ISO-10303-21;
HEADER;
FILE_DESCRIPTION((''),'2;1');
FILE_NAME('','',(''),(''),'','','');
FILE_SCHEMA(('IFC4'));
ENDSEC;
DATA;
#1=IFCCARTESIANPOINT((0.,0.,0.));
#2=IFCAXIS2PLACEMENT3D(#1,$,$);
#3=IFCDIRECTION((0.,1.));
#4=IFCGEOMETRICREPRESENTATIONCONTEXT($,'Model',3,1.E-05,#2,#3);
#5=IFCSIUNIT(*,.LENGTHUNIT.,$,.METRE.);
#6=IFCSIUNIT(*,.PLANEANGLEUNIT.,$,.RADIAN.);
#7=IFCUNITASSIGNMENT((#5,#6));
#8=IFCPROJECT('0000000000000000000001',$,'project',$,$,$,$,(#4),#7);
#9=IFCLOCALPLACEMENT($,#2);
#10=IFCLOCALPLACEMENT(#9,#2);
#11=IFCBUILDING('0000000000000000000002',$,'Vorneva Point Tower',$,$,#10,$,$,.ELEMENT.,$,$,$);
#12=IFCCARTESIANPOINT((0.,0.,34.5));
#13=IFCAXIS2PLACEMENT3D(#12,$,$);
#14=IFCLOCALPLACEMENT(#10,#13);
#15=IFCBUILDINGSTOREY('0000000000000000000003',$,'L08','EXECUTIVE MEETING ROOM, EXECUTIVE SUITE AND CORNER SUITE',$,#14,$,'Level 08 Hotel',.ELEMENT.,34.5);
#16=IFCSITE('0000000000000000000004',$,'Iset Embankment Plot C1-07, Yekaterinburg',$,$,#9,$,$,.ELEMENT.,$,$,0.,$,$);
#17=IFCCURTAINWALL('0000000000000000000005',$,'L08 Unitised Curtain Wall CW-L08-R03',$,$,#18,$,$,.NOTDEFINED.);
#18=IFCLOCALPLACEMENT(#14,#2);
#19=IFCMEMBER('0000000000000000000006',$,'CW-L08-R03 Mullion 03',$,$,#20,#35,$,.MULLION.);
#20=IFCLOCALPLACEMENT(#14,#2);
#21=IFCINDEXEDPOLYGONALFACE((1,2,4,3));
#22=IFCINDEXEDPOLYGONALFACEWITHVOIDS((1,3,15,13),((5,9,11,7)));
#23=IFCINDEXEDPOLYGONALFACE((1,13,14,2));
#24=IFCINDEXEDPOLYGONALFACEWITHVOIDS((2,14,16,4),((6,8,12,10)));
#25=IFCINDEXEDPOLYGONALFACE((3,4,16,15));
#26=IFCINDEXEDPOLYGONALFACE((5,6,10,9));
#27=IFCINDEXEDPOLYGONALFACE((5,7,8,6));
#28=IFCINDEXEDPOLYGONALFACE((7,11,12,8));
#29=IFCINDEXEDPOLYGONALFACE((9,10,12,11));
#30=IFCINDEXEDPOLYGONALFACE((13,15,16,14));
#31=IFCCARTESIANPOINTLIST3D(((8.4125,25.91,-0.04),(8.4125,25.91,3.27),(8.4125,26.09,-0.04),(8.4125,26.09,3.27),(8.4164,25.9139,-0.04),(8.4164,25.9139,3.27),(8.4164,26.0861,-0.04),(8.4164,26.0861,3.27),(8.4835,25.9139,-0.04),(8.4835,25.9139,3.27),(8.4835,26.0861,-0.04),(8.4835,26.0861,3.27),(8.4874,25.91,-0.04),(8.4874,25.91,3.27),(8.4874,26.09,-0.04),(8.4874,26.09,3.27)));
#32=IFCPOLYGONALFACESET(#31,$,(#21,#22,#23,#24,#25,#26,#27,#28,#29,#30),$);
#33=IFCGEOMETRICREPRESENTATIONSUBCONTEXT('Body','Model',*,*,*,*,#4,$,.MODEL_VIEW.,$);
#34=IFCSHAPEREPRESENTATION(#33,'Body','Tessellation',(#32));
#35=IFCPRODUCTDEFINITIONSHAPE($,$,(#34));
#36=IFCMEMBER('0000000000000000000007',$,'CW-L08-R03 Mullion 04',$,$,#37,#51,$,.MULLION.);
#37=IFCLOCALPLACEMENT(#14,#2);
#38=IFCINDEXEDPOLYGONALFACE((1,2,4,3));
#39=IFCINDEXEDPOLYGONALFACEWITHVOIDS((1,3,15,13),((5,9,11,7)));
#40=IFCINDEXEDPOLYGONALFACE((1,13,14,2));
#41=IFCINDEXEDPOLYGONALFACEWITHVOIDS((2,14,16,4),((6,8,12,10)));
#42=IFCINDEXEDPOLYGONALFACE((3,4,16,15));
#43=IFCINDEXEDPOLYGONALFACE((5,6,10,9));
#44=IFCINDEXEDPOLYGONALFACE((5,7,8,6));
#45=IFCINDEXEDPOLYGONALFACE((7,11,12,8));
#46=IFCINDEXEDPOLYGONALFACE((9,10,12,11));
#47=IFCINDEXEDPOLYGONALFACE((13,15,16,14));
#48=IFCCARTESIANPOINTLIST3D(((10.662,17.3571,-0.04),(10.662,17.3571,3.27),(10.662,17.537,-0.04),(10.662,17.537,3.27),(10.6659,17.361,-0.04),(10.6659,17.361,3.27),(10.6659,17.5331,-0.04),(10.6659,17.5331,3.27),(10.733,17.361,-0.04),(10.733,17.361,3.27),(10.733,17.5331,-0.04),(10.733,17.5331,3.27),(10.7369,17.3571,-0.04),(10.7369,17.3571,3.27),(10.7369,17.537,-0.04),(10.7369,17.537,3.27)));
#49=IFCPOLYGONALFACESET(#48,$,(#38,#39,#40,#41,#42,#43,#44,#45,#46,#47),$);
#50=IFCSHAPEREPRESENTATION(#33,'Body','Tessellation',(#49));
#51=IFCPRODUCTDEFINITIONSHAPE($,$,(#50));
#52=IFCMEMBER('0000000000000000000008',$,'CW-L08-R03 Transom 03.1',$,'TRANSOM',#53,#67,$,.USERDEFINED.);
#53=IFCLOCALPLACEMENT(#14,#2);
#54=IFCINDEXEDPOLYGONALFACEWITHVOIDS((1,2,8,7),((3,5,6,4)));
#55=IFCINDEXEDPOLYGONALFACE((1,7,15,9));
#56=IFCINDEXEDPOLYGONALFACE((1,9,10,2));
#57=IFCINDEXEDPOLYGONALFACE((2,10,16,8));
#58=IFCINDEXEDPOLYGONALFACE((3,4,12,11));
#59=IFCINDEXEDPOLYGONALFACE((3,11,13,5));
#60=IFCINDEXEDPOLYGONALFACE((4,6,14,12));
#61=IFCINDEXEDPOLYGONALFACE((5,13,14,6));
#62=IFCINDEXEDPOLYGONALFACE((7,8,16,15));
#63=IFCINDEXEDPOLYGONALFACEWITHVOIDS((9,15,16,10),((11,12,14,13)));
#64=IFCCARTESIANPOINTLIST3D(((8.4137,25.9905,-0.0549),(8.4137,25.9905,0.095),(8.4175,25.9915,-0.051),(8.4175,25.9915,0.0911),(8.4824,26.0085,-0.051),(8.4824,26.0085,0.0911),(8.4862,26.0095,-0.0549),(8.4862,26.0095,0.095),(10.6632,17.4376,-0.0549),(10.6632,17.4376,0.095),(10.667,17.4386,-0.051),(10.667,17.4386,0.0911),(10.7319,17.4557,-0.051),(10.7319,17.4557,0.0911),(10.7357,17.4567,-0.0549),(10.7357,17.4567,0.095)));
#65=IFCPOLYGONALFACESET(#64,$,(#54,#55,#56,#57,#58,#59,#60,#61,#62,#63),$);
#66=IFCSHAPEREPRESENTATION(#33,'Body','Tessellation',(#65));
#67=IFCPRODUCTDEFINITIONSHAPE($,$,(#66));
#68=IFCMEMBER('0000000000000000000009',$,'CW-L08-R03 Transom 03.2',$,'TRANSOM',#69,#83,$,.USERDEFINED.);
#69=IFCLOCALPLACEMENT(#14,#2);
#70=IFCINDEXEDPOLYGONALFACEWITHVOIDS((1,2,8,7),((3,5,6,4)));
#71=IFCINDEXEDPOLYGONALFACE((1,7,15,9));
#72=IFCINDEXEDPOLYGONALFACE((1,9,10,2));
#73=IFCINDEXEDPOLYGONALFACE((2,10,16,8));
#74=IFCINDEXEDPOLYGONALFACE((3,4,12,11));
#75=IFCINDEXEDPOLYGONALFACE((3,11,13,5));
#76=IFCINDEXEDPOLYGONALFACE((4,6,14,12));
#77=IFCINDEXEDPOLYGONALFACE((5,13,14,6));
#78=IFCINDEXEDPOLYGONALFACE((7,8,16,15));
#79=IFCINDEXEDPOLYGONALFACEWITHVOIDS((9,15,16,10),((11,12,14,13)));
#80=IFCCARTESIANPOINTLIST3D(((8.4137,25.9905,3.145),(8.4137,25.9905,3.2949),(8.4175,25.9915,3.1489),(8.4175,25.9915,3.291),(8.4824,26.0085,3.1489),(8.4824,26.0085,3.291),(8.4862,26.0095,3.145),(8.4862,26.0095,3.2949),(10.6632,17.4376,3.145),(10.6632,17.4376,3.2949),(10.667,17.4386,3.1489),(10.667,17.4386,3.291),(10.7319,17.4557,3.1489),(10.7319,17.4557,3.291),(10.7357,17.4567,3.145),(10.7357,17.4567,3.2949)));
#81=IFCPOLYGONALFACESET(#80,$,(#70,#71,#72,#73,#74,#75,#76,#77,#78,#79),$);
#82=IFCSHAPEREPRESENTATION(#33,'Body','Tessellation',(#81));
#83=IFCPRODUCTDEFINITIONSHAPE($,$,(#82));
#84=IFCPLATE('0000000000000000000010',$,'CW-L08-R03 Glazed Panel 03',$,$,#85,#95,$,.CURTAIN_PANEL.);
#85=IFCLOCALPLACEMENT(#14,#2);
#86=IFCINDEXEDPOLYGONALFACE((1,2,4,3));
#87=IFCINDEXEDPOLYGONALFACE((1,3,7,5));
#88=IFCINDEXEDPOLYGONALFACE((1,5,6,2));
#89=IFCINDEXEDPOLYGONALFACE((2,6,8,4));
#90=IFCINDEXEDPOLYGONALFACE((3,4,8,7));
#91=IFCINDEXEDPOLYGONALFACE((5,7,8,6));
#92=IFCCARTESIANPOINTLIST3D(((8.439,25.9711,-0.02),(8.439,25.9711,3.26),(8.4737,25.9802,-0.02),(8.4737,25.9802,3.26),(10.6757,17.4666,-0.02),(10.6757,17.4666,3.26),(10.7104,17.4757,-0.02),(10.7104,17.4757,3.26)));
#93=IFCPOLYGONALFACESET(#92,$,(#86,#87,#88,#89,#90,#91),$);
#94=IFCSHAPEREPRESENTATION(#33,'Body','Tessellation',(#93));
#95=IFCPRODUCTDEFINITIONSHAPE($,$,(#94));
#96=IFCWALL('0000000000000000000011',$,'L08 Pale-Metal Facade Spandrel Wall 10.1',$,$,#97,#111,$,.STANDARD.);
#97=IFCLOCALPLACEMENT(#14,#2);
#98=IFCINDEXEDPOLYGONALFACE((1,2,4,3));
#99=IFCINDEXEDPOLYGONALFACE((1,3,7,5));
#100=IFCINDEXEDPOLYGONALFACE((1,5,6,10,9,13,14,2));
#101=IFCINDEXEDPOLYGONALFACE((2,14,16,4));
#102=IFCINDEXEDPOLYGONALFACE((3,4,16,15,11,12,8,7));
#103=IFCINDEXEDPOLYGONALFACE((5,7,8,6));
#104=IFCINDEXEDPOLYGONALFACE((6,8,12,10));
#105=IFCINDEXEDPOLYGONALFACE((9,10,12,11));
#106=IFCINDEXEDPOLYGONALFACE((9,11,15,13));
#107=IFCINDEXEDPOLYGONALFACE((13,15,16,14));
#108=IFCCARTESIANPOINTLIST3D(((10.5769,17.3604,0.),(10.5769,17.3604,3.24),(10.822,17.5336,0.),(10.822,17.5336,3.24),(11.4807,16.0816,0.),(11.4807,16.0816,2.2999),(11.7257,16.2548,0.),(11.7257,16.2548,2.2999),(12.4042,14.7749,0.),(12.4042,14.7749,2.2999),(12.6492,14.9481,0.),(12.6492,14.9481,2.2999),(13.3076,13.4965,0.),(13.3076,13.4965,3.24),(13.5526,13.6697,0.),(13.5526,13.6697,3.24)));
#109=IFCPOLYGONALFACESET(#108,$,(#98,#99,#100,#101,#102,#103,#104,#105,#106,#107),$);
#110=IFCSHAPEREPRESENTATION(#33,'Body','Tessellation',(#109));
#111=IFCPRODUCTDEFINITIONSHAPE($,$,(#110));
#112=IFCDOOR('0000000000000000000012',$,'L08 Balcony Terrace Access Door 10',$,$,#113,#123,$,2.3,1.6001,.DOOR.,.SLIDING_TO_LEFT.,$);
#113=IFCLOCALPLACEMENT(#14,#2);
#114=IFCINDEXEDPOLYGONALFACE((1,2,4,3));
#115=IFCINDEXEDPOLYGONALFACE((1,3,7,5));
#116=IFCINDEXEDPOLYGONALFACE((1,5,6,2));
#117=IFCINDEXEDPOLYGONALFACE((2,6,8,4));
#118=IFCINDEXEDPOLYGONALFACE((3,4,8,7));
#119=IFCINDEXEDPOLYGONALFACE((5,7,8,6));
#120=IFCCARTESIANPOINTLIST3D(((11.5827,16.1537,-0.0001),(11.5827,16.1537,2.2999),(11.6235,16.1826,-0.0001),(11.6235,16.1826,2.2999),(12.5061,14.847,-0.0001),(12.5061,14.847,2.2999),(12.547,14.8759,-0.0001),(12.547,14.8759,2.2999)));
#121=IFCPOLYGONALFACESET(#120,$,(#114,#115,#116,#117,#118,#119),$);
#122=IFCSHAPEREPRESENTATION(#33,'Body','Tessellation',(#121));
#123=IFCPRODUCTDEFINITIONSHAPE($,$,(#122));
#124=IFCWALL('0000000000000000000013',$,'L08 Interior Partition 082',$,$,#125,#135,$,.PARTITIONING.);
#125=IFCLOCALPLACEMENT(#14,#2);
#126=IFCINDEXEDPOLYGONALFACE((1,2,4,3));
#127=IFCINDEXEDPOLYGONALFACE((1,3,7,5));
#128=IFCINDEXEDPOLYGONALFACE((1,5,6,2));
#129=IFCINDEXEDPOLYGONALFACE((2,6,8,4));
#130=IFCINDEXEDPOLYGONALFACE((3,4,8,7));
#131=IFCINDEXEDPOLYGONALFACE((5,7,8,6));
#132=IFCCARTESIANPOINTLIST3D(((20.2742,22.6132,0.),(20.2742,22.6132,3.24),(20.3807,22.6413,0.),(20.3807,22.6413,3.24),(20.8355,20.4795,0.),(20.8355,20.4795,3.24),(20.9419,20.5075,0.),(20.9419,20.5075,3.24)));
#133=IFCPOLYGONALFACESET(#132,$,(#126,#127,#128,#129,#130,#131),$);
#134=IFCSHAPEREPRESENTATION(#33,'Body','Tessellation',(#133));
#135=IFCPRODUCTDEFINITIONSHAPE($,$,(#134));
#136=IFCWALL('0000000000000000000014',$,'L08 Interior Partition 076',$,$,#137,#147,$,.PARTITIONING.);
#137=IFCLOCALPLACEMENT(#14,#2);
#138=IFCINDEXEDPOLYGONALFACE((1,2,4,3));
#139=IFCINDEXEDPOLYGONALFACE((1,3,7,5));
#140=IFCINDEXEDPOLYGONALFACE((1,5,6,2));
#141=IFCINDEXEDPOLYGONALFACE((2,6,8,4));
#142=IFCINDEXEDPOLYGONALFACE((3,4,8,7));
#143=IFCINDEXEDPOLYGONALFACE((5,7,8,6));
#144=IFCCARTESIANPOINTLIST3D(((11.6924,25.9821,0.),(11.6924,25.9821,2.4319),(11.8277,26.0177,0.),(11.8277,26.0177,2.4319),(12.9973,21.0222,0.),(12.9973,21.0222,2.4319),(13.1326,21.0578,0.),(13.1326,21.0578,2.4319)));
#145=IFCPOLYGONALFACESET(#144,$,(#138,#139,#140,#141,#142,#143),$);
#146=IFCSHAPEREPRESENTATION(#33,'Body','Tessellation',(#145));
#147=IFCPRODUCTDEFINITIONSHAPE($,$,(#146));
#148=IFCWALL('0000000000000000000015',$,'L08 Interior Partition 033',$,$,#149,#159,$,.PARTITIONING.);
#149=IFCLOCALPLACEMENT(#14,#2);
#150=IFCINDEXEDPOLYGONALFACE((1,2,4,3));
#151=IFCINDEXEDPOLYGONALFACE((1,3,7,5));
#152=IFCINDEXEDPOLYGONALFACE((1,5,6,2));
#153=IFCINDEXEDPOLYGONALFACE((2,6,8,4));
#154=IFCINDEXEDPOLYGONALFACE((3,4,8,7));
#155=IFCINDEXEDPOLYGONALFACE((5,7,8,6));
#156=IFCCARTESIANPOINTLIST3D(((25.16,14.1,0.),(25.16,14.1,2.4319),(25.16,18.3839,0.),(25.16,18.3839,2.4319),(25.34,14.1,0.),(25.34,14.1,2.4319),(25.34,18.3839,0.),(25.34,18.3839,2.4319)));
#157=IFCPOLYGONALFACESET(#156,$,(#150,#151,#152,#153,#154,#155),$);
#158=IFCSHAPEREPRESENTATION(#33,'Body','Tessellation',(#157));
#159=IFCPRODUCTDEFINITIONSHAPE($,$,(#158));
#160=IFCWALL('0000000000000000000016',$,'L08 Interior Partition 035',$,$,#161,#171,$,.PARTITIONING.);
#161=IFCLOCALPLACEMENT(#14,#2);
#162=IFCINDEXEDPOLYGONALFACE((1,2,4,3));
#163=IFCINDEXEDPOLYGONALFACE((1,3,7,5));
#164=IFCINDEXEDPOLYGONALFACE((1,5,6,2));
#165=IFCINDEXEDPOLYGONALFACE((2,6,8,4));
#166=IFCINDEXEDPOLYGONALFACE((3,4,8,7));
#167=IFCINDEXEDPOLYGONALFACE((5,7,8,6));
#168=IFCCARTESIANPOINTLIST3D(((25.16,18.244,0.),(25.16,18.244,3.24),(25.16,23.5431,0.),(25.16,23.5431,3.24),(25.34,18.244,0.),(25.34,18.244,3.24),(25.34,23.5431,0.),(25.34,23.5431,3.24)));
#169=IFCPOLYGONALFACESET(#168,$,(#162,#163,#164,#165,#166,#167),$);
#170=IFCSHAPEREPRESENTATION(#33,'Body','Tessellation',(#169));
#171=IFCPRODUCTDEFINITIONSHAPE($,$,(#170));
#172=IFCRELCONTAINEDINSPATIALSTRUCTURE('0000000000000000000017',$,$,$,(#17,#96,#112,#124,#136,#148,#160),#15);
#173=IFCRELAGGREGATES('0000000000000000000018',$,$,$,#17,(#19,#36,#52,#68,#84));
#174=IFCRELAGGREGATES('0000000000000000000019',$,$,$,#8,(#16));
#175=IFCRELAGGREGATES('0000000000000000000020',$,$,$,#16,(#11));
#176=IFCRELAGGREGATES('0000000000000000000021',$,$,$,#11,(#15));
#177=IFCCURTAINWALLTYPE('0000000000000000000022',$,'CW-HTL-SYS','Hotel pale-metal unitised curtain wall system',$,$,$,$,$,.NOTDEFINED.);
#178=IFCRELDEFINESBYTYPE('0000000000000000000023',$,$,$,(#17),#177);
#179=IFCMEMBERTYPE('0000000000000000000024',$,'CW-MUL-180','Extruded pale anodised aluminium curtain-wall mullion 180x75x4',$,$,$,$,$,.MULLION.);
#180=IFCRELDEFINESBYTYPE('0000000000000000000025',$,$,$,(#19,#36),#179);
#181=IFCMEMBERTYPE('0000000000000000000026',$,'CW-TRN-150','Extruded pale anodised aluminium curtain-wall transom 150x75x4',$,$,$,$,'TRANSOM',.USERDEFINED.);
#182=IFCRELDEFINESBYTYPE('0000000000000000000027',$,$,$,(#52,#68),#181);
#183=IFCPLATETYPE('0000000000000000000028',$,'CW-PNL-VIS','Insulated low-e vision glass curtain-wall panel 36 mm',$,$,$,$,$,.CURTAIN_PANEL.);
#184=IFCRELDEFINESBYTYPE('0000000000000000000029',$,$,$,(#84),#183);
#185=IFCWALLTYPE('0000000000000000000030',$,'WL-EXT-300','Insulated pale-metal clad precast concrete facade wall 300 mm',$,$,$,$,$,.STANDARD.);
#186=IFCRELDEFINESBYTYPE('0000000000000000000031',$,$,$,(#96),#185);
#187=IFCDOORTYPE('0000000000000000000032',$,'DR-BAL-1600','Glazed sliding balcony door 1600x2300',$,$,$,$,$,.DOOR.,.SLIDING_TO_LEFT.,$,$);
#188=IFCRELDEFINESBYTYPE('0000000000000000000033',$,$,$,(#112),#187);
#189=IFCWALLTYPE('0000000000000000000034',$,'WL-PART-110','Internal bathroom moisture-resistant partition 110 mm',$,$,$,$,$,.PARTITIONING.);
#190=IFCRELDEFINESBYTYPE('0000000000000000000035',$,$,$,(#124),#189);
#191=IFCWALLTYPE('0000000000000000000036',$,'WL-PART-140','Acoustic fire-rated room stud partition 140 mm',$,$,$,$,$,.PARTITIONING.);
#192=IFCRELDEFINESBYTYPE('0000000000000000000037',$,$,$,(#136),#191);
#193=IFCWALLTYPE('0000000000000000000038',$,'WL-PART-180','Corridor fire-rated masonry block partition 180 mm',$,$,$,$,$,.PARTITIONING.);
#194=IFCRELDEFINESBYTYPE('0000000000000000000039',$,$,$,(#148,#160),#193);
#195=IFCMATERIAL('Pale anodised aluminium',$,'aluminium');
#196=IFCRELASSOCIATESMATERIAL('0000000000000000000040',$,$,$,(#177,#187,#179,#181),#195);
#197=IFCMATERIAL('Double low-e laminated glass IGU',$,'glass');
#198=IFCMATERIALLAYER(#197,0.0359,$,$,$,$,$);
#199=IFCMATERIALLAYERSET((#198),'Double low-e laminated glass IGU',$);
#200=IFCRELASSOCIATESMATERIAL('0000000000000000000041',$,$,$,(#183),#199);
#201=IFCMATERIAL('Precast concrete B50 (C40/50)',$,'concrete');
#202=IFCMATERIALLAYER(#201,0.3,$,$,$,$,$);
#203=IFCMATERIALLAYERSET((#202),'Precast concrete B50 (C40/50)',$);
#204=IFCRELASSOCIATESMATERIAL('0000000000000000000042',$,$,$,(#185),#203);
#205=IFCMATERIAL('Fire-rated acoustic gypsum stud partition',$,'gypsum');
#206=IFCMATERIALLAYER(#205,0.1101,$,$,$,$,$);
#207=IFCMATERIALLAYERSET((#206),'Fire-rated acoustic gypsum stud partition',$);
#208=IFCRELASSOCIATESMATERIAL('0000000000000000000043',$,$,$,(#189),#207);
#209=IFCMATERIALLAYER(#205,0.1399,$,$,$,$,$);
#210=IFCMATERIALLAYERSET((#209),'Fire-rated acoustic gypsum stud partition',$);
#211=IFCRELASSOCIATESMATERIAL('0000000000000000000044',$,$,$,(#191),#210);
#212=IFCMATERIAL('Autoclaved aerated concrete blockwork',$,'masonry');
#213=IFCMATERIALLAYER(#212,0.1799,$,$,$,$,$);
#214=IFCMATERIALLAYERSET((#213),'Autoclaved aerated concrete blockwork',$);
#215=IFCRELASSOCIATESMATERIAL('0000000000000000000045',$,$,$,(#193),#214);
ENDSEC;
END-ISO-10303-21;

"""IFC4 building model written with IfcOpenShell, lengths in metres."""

from ifc_helpers import new_model, si_unit, direction, frame, frame_2d, origin, origin_2d, place, context, subcontext, project, spatial, rectangle, hollow_rectangle, extrude, material, layer, layer_set, material_profile, profile_set, type_object, element, fill, aggregate, save


model = new_model("IFC4")

# Units and contexts
model_context = context("Model", 3, precision=1e-05, world=origin(), true_north=direction((0.0, 1.0)))
body_context = subcontext(model_context, "Body", "Model", "MODEL_VIEW")
ifc_project = project(units=[si_unit("LENGTHUNIT", "METRE"), si_unit("PLANEANGLEUNIT", "RADIAN")], contexts=[model_context])

# Site, building, storey
site_placement = place(None, origin())
site = spatial("IfcSite", under=ifc_project, at=site_placement, Name="Iset Embankment Plot C1-07, Yekaterinburg", CompositionType="ELEMENT", RefElevation=0.0)
building_placement = place(site_placement, origin())
building = spatial("IfcBuilding", under=site, at=building_placement, Name="Vorneva Point Tower", CompositionType="ELEMENT")
storey_placement = place(building_placement, frame((0.0, 0.0, 34.5)))
storey = spatial("IfcBuildingStorey", under=building, at=storey_placement, Name="L08", Description="EXECUTIVE MEETING ROOM, EXECUTIVE SUITE AND CORNER SUITE", LongName="Level 08 Hotel", CompositionType="ELEMENT", Elevation=34.5)

# Curtain wall, members, plate
ifc_material_1 = material(Name="Pale anodised aluminium", Category="aluminium")
curtain_wall_type = type_object("IfcCurtainWallType", Name="CW-HTL-SYS", Description="Hotel pale-metal unitised curtain wall system", PredefinedType="NOTDEFINED", material=ifc_material_1)
curtain_wall_placement = place(storey_placement, origin())
curtain_wall = element("IfcCurtainWall", 1, at=curtain_wall_placement, inside=storey, type_object=curtain_wall_type, Name="L08 Unitised Curtain Wall CW-L08-R03", PredefinedType="NOTDEFINED")
ifc_material_profile_1 = material_profile(ifc_material_1, hollow_rectangle(XDim=0.075, YDim=0.1799, WallThickness=0.0039, at=origin_2d()), Name="AL-MUL 180x75x4")
ifc_profile_set_1 = profile_set([ifc_material_profile_1], Name="Pale anodised aluminium")
member_type_1 = type_object("IfcMemberType", Name="CW-MUL-180", Description="Extruded pale anodised aluminium curtain-wall mullion 180x75x4", PredefinedType="MULLION", material=ifc_profile_set_1)
member_1_placement = place(storey_placement, frame((8.45, 26.0, -0.04), z_axis=(0.0, 0.0, 1.0), x_axis=(1.0, 0.0, 0.0)))
member_1 = element("IfcMember", 2, at=member_1_placement, type_object=member_type_1, Name="CW-L08-R03 Mullion 03", PredefinedType="MULLION", context=body_context, shape_type="SweptSolid", body=[
    extrude(hollow_rectangle(XDim=0.075, YDim=0.1799, WallThickness=0.0039, at=origin_2d()), origin(), (0.0, 0.0, 1.0), 3.3101),
])
member_2_placement = place(storey_placement, frame((10.6995, 17.447, -0.04), z_axis=(0.0, 0.0, 1.0), x_axis=(1.0, 0.0, 0.0)))
member_2 = element("IfcMember", 3, at=member_2_placement, type_object=member_type_1, Name="CW-L08-R03 Mullion 04", PredefinedType="MULLION", context=body_context, shape_type="SweptSolid", body=[
    extrude(hollow_rectangle(XDim=0.075, YDim=0.1799, WallThickness=0.0039, at=origin_2d()), origin(), (0.0, 0.0, 1.0), 3.3101),
])
ifc_material_profile_2 = material_profile(ifc_material_1, hollow_rectangle(XDim=0.075, YDim=0.1499, WallThickness=0.0039, at=origin_2d()), Name="AL-TRN 150x75x4")
ifc_profile_set_2 = profile_set([ifc_material_profile_2], Name="Pale anodised aluminium")
member_type_2 = type_object("IfcMemberType", Name="CW-TRN-150", Description="Extruded pale anodised aluminium curtain-wall transom 150x75x4", ElementType="TRANSOM", PredefinedType="USERDEFINED", material=ifc_profile_set_2)
member_3_placement = place(storey_placement, frame((8.45, 26.0, 0.02), z_axis=(0.254359, -0.96711, 0.0), x_axis=(0.96711, 0.254359, 0.0)))
member_3 = element("IfcMember", 4, at=member_3_placement, type_object=member_type_2, Name="CW-L08-R03 Transom 03.1", ObjectType="TRANSOM", PredefinedType="USERDEFINED", context=body_context, shape_type="SweptSolid", body=[
    extrude(hollow_rectangle(XDim=0.075, YDim=0.1499, WallThickness=0.0039, at=origin_2d()), origin(), (0.0, 0.0, 1.0), 8.8438),
])
member_4_placement = place(storey_placement, frame((8.45, 26.0, 3.22), z_axis=(0.254359, -0.96711, 0.0), x_axis=(0.96711, 0.254359, 0.0)))
member_4 = element("IfcMember", 5, at=member_4_placement, type_object=member_type_2, Name="CW-L08-R03 Transom 03.2", ObjectType="TRANSOM", PredefinedType="USERDEFINED", context=body_context, shape_type="SweptSolid", body=[
    extrude(hollow_rectangle(XDim=0.075, YDim=0.1499, WallThickness=0.0039, at=origin_2d()), origin(), (0.0, 0.0, 1.0), 8.8438),
])
ifc_material_2 = material(Name="Double low-e laminated glass IGU", Category="glass")
ifc_layer_1 = layer(ifc_material_2, 0.0359)
ifc_layer_set_1 = layer_set([ifc_layer_1], Name="Double low-e laminated glass IGU")
plate_type = type_object("IfcPlateType", Name="CW-PNL-VIS", Description="Insulated low-e vision glass curtain-wall panel 36 mm", PredefinedType="CURTAIN_PANEL", material=ifc_layer_set_1)
plate_placement = place(storey_placement, frame((9.5747, 21.7234, -0.02), z_axis=(0.0, 0.0, 1.0), x_axis=(0.254349, -0.967113, 0.0)))
plate = element("IfcPlate", 6, at=plate_placement, type_object=plate_type, Name="CW-L08-R03 Glazed Panel 03", PredefinedType="CURTAIN_PANEL", context=body_context, shape_type="SweptSolid", body=[
    extrude(rectangle(XDim=8.7937, YDim=0.0359, at=origin_2d()), origin(), (0.0, 0.0, 1.0), 3.28),
])
aggregate(curtain_wall, [member_1, member_2, member_3, member_4, plate])

# Wall, opening, door
ifc_material_3 = material(Name="Precast concrete B50 (C40/50)", Category="concrete")
ifc_layer_2 = layer(ifc_material_3, 0.3)
ifc_layer_set_2 = layer_set([ifc_layer_2], Name="Precast concrete B50 (C40/50)")
wall_type_1 = type_object("IfcWallType", Name="WL-EXT-300", Description="Insulated pale-metal clad precast concrete facade wall 300 mm", PredefinedType="STANDARD", material=ifc_layer_set_2)
wall_1_placement = place(storey_placement, frame((10.6995, 17.447, 0.0), z_axis=(0.0, 0.0, 1.0), x_axis=(0.577131, -0.816652, 0.0)))
wall_1 = element("IfcWall", 7, at=wall_1_placement, inside=storey, type_object=wall_type_1, Name="L08 Pale-Metal Facade Spandrel Wall 10.1", PredefinedType="STANDARD", context=body_context, shape_type="SweptSolid", body=[
    extrude(rectangle(XDim=4.7314, YDim=0.3, at=frame_2d((2.3657, 0.0))), origin(), (0.0, 0.0, 1.0), 3.24),
])
opening_placement = place(wall_1_placement, frame((1.5659, 0.0, 0.0)))
opening = element("IfcOpeningElement", 8, at=opening_placement, cuts=wall_1, PredefinedType="OPENING", context=body_context, shape_type="SweptSolid", body=[
    extrude(rectangle(XDim=1.6001, YDim=2.3, at=frame_2d((0.8, 1.1499))), frame((0.0, 0.165, 0.0), z_axis=(0.0, -1.0, 0.0), x_axis=(1.0, 0.0, 0.0)), (0.0, 0.0, 1.0), 0.3298),
])
door_type = type_object("IfcDoorType", Name="DR-BAL-1600", Description="Glazed sliding balcony door 1600x2300", OperationType="SLIDING_TO_LEFT", PredefinedType="DOOR", material=ifc_material_1)
door_placement = place(opening_placement, origin())
door = element("IfcDoor", 9, at=door_placement, inside=storey, type_object=door_type, Name="L08 Balcony Terrace Access Door 10", OperationType="SLIDING_TO_LEFT", OverallHeight=2.3, OverallWidth=1.6001, PredefinedType="DOOR", context=body_context, shape_type="SweptSolid", body=[
    extrude(rectangle(XDim=1.6001, YDim=2.3, at=frame_2d((0.8, 1.1499))), frame((0.0, 0.0249, 0.0), z_axis=(0.0, -1.0, 0.0), x_axis=(1.0, 0.0, 0.0)), (0.0, 0.0, 1.0), 0.05),
])
fill(opening, door)

# Walls
ifc_material_4 = material(Name="Fire-rated acoustic gypsum stud partition", Category="gypsum")
ifc_layer_3 = layer(ifc_material_4, 0.1101)
ifc_layer_set_3 = layer_set([ifc_layer_3], Name="Fire-rated acoustic gypsum stud partition")
wall_type_2 = type_object("IfcWallType", Name="WL-PART-110", Description="Internal bathroom moisture-resistant partition 110 mm", PredefinedType="PARTITIONING", material=ifc_layer_set_3)
wall_2_placement = place(storey_placement, frame((20.8887, 20.4937, 0.0), z_axis=(0.0, 0.0, 1.0), x_axis=(-0.25439, 0.967102, 0.0)))
element("IfcWall", 10, at=wall_2_placement, inside=storey, type_object=wall_type_2, Name="L08 Interior Partition 082", PredefinedType="PARTITIONING", context=body_context, shape_type="SweptSolid", body=[
    extrude(rectangle(XDim=2.2063, YDim=0.1101, at=frame_2d((1.103, 0.0))), origin(), (0.0, 0.0, 1.0), 3.24),
])
ifc_layer_4 = layer(ifc_material_4, 0.1399)
ifc_layer_set_4 = layer_set([ifc_layer_4], Name="Fire-rated acoustic gypsum stud partition")
wall_type_3 = type_object("IfcWallType", Name="WL-PART-140", Description="Acoustic fire-rated room stud partition 140 mm", PredefinedType="PARTITIONING", material=ifc_layer_set_4)
wall_3_placement = place(storey_placement, frame((11.76, 26.0, 0.0), z_axis=(0.0, 0.0, 1.0), x_axis=(0.254435, -0.96709, 0.0)))
element("IfcWall", 11, at=wall_3_placement, inside=storey, type_object=wall_type_3, Name="L08 Interior Partition 076", PredefinedType="PARTITIONING", context=body_context, shape_type="SweptSolid", body=[
    extrude(rectangle(XDim=5.1287, YDim=0.1399, at=frame_2d((2.5645, 0.0))), origin(), (0.0, 0.0, 1.0), 2.4319),
])
ifc_material_5 = material(Name="Autoclaved aerated concrete blockwork", Category="masonry")
ifc_layer_5 = layer(ifc_material_5, 0.1799)
ifc_layer_set_5 = layer_set([ifc_layer_5], Name="Autoclaved aerated concrete blockwork")
wall_type_4 = type_object("IfcWallType", Name="WL-PART-180", Description="Corridor fire-rated masonry block partition 180 mm", PredefinedType="PARTITIONING", material=ifc_layer_set_5)
wall_4_placement = place(storey_placement, frame((25.25, 18.384, 0.0), z_axis=(0.0, 0.0, 1.0), x_axis=(0.0, -1.0, 0.0)))
element("IfcWall", 12, at=wall_4_placement, inside=storey, type_object=wall_type_4, Name="L08 Interior Partition 033", PredefinedType="PARTITIONING", context=body_context, shape_type="SweptSolid", body=[
    extrude(rectangle(XDim=4.2839, YDim=0.1799, at=frame_2d((2.1421, 0.0))), origin(), (0.0, 0.0, 1.0), 2.4319),
])
wall_5_placement = place(storey_placement, frame((25.25, 23.543, 0.0), z_axis=(0.0, 0.0, 1.0), x_axis=(0.0, -1.0, 0.0)))
element("IfcWall", 13, at=wall_5_placement, inside=storey, type_object=wall_type_4, Name="L08 Interior Partition 035", PredefinedType="PARTITIONING", context=body_context, shape_type="SweptSolid", body=[
    extrude(rectangle(XDim=5.2991, YDim=0.1799, at=frame_2d((2.6494, 0.0))), origin(), (0.0, 0.0, 1.0), 3.24),
])

save(model, "model.ifc")
